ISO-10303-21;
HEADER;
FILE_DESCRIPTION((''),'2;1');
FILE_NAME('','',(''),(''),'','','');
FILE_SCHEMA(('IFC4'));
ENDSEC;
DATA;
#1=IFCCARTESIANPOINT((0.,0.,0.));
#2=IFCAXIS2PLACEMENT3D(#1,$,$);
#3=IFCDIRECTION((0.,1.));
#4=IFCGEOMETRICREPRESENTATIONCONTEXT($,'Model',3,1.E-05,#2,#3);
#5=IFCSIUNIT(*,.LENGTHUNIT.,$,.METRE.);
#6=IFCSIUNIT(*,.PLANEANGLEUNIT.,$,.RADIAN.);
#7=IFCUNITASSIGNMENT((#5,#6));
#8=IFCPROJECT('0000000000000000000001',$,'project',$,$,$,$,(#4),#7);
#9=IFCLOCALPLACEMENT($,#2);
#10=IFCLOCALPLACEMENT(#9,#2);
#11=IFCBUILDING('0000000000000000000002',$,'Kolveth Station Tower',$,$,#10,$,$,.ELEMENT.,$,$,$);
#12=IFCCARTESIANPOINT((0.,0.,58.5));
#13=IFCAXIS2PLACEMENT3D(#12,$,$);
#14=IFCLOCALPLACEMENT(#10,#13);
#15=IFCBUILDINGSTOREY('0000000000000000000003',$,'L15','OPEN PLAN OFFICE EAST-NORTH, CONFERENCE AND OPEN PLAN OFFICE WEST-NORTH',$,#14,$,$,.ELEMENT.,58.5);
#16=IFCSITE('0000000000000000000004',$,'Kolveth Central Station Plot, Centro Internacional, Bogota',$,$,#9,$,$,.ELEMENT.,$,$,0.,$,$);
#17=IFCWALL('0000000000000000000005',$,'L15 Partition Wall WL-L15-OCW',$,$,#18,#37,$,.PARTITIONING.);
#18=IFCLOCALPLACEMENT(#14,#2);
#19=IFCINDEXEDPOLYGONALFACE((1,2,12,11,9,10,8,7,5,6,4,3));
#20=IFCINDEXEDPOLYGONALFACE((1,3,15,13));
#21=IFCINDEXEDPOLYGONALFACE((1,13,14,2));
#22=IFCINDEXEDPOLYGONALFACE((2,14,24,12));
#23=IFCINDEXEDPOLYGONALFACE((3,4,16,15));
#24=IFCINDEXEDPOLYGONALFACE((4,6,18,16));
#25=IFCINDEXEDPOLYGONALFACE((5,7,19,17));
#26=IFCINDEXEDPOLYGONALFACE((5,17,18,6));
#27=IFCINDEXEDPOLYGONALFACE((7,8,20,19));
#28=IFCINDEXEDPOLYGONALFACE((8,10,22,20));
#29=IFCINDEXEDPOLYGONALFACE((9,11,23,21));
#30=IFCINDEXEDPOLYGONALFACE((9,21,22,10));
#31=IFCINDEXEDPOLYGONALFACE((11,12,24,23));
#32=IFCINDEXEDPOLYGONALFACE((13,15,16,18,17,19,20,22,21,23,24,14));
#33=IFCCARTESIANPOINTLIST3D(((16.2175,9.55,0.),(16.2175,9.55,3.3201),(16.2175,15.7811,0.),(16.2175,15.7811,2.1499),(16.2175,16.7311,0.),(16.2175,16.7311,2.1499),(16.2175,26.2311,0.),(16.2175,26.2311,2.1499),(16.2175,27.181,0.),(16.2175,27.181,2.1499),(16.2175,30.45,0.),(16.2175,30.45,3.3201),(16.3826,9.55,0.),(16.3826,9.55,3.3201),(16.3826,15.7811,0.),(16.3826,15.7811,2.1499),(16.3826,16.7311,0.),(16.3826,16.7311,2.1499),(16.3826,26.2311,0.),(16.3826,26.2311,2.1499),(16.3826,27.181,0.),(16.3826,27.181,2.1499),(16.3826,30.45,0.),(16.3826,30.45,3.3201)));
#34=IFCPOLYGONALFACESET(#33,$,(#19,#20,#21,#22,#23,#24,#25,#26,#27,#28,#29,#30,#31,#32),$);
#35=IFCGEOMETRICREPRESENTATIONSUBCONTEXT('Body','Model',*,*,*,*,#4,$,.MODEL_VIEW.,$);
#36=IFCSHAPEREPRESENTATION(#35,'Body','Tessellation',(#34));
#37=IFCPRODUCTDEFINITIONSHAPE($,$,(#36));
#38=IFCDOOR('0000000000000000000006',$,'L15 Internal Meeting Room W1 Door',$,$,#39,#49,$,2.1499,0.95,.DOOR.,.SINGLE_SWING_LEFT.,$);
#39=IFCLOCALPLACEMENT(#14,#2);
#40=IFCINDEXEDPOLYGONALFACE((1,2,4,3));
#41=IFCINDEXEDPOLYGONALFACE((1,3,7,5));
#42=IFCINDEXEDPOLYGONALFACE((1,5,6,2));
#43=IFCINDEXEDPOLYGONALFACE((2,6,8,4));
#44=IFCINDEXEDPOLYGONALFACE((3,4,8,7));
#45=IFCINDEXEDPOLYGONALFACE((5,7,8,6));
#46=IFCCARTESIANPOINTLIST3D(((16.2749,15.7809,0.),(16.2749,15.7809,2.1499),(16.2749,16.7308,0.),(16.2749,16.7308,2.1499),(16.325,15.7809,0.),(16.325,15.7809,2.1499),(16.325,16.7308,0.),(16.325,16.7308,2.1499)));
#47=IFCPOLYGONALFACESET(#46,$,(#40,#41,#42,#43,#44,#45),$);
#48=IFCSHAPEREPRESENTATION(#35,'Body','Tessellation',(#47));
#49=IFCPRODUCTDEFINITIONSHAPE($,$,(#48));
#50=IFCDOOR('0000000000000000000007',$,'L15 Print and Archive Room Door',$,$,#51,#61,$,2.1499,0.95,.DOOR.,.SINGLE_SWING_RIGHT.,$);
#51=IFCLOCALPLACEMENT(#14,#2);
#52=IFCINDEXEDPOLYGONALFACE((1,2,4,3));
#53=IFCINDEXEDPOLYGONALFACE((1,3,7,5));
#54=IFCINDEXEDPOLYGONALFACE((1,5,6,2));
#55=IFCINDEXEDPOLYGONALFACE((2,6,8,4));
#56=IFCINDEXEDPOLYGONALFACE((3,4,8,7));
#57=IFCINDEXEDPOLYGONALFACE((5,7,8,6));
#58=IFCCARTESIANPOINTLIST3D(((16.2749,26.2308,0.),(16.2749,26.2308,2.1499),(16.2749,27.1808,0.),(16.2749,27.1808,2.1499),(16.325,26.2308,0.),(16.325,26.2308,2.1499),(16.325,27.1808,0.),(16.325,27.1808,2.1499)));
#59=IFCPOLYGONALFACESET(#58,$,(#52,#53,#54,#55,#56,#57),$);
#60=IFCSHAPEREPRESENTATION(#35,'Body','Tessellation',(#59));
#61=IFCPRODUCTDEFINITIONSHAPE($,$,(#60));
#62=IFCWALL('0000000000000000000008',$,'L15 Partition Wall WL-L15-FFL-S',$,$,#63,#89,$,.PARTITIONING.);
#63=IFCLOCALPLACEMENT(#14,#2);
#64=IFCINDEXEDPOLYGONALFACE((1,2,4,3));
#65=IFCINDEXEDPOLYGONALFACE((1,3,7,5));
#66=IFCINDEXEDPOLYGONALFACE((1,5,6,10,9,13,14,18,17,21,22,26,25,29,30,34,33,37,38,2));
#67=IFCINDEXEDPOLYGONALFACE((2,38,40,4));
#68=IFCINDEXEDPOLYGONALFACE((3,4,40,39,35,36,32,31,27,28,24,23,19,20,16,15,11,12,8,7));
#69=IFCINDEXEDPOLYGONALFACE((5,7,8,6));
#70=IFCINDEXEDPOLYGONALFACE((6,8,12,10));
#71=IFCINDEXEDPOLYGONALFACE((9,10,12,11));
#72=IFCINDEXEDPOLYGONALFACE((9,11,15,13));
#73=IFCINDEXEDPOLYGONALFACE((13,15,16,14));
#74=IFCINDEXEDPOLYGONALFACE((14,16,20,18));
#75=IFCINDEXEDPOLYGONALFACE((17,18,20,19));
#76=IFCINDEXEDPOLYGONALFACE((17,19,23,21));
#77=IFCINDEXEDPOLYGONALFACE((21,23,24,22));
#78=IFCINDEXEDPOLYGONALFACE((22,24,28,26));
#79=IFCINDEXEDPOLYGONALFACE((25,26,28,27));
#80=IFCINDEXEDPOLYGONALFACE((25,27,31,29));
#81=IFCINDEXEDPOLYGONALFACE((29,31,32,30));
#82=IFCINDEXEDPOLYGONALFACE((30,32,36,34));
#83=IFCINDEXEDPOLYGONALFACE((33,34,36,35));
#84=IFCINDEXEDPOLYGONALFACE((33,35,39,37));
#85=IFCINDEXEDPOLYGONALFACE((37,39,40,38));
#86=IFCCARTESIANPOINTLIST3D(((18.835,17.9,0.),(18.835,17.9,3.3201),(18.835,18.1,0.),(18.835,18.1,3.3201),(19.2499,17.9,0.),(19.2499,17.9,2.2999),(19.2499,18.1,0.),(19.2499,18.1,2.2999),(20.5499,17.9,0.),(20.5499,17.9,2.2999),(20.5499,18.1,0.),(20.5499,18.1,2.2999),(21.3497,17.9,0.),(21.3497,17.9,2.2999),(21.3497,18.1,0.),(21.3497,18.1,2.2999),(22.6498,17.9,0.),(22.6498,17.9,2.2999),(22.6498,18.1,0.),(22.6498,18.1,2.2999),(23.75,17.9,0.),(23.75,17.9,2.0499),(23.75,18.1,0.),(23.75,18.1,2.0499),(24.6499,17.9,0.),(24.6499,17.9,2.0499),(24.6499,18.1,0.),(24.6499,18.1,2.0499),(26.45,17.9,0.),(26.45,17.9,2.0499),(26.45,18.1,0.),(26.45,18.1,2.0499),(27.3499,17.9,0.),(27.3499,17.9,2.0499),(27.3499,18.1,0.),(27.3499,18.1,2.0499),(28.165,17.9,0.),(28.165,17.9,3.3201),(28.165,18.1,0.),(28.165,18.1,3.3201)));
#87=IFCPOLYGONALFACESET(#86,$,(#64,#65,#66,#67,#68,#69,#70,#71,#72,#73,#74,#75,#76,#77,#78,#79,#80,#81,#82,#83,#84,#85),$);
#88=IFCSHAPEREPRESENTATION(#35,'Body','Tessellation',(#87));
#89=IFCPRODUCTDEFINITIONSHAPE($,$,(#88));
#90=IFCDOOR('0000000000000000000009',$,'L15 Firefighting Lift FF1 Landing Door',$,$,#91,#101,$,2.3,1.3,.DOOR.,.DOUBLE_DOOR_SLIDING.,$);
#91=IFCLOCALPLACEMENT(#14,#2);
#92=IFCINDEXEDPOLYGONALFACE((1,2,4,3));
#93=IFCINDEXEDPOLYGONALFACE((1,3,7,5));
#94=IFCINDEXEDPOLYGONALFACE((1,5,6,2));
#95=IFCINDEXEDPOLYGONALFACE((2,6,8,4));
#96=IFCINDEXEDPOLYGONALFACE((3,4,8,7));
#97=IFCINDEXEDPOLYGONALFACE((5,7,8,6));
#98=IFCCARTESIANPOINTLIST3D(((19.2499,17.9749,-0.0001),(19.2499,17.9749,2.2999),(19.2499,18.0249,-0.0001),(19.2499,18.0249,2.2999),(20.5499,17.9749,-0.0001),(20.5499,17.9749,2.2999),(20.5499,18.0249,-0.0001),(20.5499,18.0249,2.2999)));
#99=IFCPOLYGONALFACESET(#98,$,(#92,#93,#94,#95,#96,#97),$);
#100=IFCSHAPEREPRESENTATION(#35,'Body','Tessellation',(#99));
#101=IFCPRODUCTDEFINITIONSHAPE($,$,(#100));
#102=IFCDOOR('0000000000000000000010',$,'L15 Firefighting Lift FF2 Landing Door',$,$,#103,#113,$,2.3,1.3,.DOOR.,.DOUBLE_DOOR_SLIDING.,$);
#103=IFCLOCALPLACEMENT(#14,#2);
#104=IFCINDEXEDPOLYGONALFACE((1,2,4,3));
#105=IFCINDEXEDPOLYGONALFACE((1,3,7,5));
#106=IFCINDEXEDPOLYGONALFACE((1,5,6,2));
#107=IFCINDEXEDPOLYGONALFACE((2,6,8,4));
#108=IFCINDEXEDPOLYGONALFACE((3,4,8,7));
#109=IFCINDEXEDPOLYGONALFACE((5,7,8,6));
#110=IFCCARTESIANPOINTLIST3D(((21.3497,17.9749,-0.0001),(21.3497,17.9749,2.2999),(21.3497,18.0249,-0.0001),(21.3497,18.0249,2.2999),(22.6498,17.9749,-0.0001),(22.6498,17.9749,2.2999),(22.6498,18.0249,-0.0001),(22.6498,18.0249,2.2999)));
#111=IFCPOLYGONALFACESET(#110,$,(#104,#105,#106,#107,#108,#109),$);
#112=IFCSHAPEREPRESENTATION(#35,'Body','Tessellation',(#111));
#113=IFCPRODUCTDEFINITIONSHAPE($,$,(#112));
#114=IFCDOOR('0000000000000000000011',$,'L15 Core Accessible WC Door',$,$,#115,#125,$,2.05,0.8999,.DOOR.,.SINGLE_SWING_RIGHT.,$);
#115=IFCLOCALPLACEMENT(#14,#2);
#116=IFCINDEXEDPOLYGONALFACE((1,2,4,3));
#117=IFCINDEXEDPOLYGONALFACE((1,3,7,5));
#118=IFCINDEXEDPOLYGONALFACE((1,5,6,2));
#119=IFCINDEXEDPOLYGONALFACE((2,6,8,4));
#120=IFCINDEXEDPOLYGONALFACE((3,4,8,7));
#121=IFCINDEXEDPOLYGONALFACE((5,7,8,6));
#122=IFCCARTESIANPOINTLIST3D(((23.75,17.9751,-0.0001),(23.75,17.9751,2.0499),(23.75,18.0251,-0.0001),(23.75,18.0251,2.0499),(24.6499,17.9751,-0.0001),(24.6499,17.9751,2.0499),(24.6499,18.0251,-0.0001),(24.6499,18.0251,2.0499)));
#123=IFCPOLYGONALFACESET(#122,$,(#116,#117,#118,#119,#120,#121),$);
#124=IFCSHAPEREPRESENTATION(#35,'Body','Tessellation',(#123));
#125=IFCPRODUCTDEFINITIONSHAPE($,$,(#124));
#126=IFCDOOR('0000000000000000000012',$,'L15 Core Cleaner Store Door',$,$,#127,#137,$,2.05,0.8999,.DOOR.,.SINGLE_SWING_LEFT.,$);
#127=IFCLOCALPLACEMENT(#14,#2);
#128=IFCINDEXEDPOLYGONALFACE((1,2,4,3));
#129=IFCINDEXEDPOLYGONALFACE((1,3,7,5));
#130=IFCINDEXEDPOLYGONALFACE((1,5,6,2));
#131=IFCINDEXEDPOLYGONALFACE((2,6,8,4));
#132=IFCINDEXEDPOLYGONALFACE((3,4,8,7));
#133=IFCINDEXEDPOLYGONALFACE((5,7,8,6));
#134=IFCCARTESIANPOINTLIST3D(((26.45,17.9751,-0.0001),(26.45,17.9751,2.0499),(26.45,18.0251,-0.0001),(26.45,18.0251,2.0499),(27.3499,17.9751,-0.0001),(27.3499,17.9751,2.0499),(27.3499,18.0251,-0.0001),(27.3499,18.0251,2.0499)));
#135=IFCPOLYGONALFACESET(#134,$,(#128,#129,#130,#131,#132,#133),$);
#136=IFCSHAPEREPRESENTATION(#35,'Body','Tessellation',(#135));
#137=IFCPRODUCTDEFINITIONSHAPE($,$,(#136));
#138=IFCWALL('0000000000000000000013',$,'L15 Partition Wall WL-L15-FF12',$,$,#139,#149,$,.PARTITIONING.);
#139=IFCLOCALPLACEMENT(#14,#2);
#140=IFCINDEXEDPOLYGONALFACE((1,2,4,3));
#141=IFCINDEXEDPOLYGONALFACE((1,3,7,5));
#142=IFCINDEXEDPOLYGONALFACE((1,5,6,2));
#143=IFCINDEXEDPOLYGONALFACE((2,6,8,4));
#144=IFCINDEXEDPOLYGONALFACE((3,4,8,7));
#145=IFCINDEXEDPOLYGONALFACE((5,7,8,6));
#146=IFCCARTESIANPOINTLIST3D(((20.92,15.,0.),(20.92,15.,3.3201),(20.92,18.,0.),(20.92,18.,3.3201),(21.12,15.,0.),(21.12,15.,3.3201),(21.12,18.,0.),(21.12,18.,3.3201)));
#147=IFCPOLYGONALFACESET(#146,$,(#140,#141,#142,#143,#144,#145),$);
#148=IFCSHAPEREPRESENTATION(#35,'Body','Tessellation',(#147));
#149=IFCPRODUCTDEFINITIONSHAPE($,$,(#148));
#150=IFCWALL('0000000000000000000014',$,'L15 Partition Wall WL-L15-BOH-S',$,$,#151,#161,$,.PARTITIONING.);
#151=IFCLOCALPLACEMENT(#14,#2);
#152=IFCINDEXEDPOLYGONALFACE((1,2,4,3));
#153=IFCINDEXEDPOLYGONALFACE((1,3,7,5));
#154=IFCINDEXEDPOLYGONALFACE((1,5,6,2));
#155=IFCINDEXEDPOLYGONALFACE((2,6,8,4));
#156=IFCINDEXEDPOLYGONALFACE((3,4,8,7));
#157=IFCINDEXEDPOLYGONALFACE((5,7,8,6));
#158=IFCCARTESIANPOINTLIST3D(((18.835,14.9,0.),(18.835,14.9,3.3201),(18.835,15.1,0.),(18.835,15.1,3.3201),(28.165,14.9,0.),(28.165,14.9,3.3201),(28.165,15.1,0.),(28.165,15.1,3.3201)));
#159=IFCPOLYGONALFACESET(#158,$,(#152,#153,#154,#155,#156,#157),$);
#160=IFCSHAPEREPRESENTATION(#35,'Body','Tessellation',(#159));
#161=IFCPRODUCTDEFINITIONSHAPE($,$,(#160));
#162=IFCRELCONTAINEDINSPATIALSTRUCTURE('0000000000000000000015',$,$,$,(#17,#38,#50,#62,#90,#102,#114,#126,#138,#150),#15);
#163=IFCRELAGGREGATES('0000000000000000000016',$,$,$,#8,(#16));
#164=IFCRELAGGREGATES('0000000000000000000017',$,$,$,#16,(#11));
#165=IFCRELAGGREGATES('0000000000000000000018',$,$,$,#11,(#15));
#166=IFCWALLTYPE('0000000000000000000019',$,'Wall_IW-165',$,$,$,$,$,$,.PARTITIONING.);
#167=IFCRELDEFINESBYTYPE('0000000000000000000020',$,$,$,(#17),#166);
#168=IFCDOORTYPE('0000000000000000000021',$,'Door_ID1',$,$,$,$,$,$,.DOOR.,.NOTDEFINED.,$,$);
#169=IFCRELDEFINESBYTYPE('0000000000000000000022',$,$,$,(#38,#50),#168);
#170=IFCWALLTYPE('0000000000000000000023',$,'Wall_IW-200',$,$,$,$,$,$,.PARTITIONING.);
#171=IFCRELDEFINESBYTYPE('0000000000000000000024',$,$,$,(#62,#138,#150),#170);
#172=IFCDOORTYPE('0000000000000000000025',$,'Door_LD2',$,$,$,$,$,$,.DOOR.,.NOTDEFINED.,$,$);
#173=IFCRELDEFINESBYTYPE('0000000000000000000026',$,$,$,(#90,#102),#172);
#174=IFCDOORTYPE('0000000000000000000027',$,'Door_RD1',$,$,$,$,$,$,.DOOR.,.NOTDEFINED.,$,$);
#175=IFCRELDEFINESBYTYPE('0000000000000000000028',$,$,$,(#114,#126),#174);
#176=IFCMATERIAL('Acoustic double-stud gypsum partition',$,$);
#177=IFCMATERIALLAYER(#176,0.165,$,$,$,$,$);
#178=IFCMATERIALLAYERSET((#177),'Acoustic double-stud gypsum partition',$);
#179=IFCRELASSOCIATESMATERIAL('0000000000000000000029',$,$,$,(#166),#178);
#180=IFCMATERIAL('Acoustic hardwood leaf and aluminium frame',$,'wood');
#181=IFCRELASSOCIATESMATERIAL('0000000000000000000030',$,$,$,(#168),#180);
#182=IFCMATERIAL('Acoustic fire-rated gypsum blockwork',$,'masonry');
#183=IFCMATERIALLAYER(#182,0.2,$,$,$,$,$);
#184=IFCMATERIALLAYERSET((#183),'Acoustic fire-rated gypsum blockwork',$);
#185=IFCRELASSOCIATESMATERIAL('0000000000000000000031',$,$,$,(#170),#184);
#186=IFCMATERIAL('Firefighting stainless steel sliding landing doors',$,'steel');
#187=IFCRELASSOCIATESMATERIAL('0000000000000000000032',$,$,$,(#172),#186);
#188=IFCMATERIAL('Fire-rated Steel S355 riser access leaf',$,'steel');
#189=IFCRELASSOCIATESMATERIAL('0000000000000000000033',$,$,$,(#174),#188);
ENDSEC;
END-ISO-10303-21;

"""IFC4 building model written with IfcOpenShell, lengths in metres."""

from ifc_helpers import new_model, si_unit, direction, frame, frame_2d, origin, place, context, subcontext, project, spatial, rectangle, extrude, material, layer, layer_set, type_object, element, fill, save


model = new_model("IFC4")

# Units and contexts
model_context = context("Model", 3, precision=1e-05, world=origin(), true_north=direction((0.0, 1.0)))
body_context = subcontext(model_context, "Body", "Model", "MODEL_VIEW")
ifc_project = project(units=[si_unit("LENGTHUNIT", "METRE"), si_unit("PLANEANGLEUNIT", "RADIAN")], contexts=[model_context])

# Site, building, storey
site_placement = place(None, origin())
site = spatial("IfcSite", under=ifc_project, at=site_placement, Name="Kolveth Central Station Plot, Centro Internacional, Bogota", CompositionType="ELEMENT", RefElevation=0.0)
building_placement = place(site_placement, origin())
building = spatial("IfcBuilding", under=site, at=building_placement, Name="Kolveth Station Tower", CompositionType="ELEMENT")
storey_placement = place(building_placement, frame((0.0, 0.0, 58.5)))
storey = spatial("IfcBuildingStorey", under=building, at=storey_placement, Name="L15", Description="OPEN PLAN OFFICE EAST-NORTH, CONFERENCE AND OPEN PLAN OFFICE WEST-NORTH", CompositionType="ELEMENT", Elevation=58.5)

# Walls, openings, doors
ifc_material_1 = material(Name="Acoustic double-stud gypsum partition")
ifc_layer_1 = layer(ifc_material_1, 0.165)
ifc_layer_set_1 = layer_set([ifc_layer_1], Name="Acoustic double-stud gypsum partition")
wall_type_1 = type_object("IfcWallType", Name="Wall_IW-165", PredefinedType="PARTITIONING", material=ifc_layer_set_1)
wall_1_placement = place(storey_placement, frame((16.3, 9.55, 0.0), z_axis=(0.0, 0.0, 1.0), x_axis=(0.0, 1.0, 0.0)))
wall_1 = element("IfcWall", 1, at=wall_1_placement, inside=storey, type_object=wall_type_1, Name="L15 Partition Wall WL-L15-OCW", PredefinedType="PARTITIONING", context=body_context, shape_type="SweptSolid", body=[
    extrude(rectangle(XDim=20.8999, YDim=0.165, at=frame_2d((10.45, 0.0))), origin(), (0.0, 0.0, 1.0), 3.3201),
])
opening_1_placement = place(wall_1_placement, frame((6.231, 0.0, 0.0)))
opening_1 = element("IfcOpeningElement", 2, at=opening_1_placement, cuts=wall_1, PredefinedType="OPENING", context=body_context, shape_type="SweptSolid", body=[
    extrude(rectangle(XDim=0.95, YDim=2.1499, at=frame_2d((0.4751, 1.075))), frame((0.0, 0.0925, 0.0), z_axis=(0.0, -1.0, 0.0), x_axis=(1.0, 0.0, 0.0)), (0.0, 0.0, 1.0), 0.1851),
])
opening_2_placement = place(wall_1_placement, frame((16.6809, 0.0, 0.0)))
opening_2 = element("IfcOpeningElement", 3, at=opening_2_placement, cuts=wall_1, PredefinedType="OPENING", context=body_context, shape_type="SweptSolid", body=[
    extrude(rectangle(XDim=0.95, YDim=2.1499, at=frame_2d((0.4751, 1.075))), frame((0.0, 0.0925, 0.0), z_axis=(0.0, -1.0, 0.0), x_axis=(1.0, 0.0, 0.0)), (0.0, 0.0, 1.0), 0.1851),
])
ifc_material_2 = material(Name="Acoustic hardwood leaf and aluminium frame", Category="wood")
door_type_1 = type_object("IfcDoorType", Name="Door_ID1", OperationType="NOTDEFINED", PredefinedType="DOOR", material=ifc_material_2)
door_1_placement = place(opening_1_placement, frame((0.95, 0.0, 0.0), z_axis=(0.0, 0.0, 1.0), x_axis=(-1.0, 0.0, 0.0)))
door_1 = element("IfcDoor", 4, at=door_1_placement, inside=storey, type_object=door_type_1, Name="L15 Internal Meeting Room W1 Door", OperationType="SINGLE_SWING_LEFT", OverallHeight=2.1499, OverallWidth=0.95, PredefinedType="DOOR", context=body_context, shape_type="SweptSolid", body=[
    extrude(rectangle(XDim=0.95, YDim=2.1499, at=frame_2d((0.4751, 1.075))), frame((0.0, 0.0249, 0.0), z_axis=(0.0, -1.0, 0.0), x_axis=(1.0, 0.0, 0.0)), (0.0, 0.0, 1.0), 0.05),
])
fill(opening_1, door_1)
door_2_placement = place(opening_2_placement, frame((0.95, 0.0, 0.0), z_axis=(0.0, 0.0, 1.0), x_axis=(-1.0, 0.0, 0.0)))
door_2 = element("IfcDoor", 5, at=door_2_placement, inside=storey, type_object=door_type_1, Name="L15 Print and Archive Room Door", OperationType="SINGLE_SWING_RIGHT", OverallHeight=2.1499, OverallWidth=0.95, PredefinedType="DOOR", context=body_context, shape_type="SweptSolid", body=[
    extrude(rectangle(XDim=0.95, YDim=2.1499, at=frame_2d((0.4751, 1.075))), frame((0.0, 0.0249, 0.0), z_axis=(0.0, -1.0, 0.0), x_axis=(1.0, 0.0, 0.0)), (0.0, 0.0, 1.0), 0.05),
])
fill(opening_2, door_2)
ifc_material_3 = material(Name="Acoustic fire-rated gypsum blockwork", Category="masonry")
ifc_layer_2 = layer(ifc_material_3, 0.2)
ifc_layer_set_2 = layer_set([ifc_layer_2], Name="Acoustic fire-rated gypsum blockwork")
wall_type_2 = type_object("IfcWallType", Name="Wall_IW-200", PredefinedType="PARTITIONING", material=ifc_layer_set_2)
wall_2_placement = place(storey_placement, frame((18.835, 18.0, 0.0), z_axis=(0.0, 0.0, 1.0), x_axis=(1.0, 0.0, 0.0)))
wall_2 = element("IfcWall", 6, at=wall_2_placement, inside=storey, type_object=wall_type_2, Name="L15 Partition Wall WL-L15-FFL-S", PredefinedType="PARTITIONING", context=body_context, shape_type="SweptSolid", body=[
    extrude(rectangle(XDim=9.3301, YDim=0.2, at=frame_2d((4.665, 0.0))), origin(), (0.0, 0.0, 1.0), 3.3201),
])
opening_3_placement = place(wall_2_placement, frame((0.415, 0.0, 0.0)))
opening_3 = element("IfcOpeningElement", 7, at=opening_3_placement, cuts=wall_2, PredefinedType="OPENING", context=body_context, shape_type="SweptSolid", body=[
    extrude(rectangle(XDim=1.3, YDim=2.3, at=frame_2d((0.6499, 1.1499))), frame((0.0, 0.1099, 0.0), z_axis=(0.0, -1.0, 0.0), x_axis=(1.0, 0.0, 0.0)), (0.0, 0.0, 1.0), 0.22),
])
opening_4_placement = place(wall_2_placement, frame((2.5149, 0.0, 0.0)))
opening_4 = element("IfcOpeningElement", 8, at=opening_4_placement, cuts=wall_2, PredefinedType="OPENING", context=body_context, shape_type="SweptSolid", body=[
    extrude(rectangle(XDim=1.3, YDim=2.3, at=frame_2d((0.6499, 1.1499))), frame((0.0, 0.1099, 0.0), z_axis=(0.0, -1.0, 0.0), x_axis=(1.0, 0.0, 0.0)), (0.0, 0.0, 1.0), 0.22),
])
opening_5_placement = place(wall_2_placement, frame((4.915, 0.0, 0.0)))
opening_5 = element("IfcOpeningElement", 9, at=opening_5_placement, cuts=wall_2, PredefinedType="OPENING", context=body_context, shape_type="SweptSolid", body=[
    extrude(rectangle(XDim=0.8999, YDim=2.05, at=frame_2d((0.45, 1.0249))), frame((0.0, 0.1099, 0.0), z_axis=(0.0, -1.0, 0.0), x_axis=(1.0, 0.0, 0.0)), (0.0, 0.0, 1.0), 0.22),
])
opening_6_placement = place(wall_2_placement, frame((7.615, 0.0, 0.0)))
opening_6 = element("IfcOpeningElement", 10, at=opening_6_placement, cuts=wall_2, PredefinedType="OPENING", context=body_context, shape_type="SweptSolid", body=[
    extrude(rectangle(XDim=0.8999, YDim=2.05, at=frame_2d((0.45, 1.0249))), frame((0.0, 0.1099, 0.0), z_axis=(0.0, -1.0, 0.0), x_axis=(1.0, 0.0, 0.0)), (0.0, 0.0, 1.0), 0.22),
])
ifc_material_4 = material(Name="Firefighting stainless steel sliding landing doors", Category="steel")
door_type_2 = type_object("IfcDoorType", Name="Door_LD2", OperationType="NOTDEFINED", PredefinedType="DOOR", material=ifc_material_4)
door_3_placement = place(opening_3_placement, origin())
door_3 = element("IfcDoor", 11, at=door_3_placement, inside=storey, type_object=door_type_2, Name="L15 Firefighting Lift FF1 Landing Door", OperationType="DOUBLE_DOOR_SLIDING", OverallHeight=2.3, OverallWidth=1.3, PredefinedType="DOOR", context=body_context, shape_type="SweptSolid", body=[
    extrude(rectangle(XDim=1.3, YDim=2.3, at=frame_2d((0.6499, 1.1499))), frame((0.0, 0.0249, 0.0), z_axis=(0.0, -1.0, 0.0), x_axis=(1.0, 0.0, 0.0)), (0.0, 0.0, 1.0), 0.05),
])
fill(opening_3, door_3)
door_4_placement = place(opening_4_placement, origin())
door_4 = element("IfcDoor", 12, at=door_4_placement, inside=storey, type_object=door_type_2, Name="L15 Firefighting Lift FF2 Landing Door", OperationType="DOUBLE_DOOR_SLIDING", OverallHeight=2.3, OverallWidth=1.3, PredefinedType="DOOR", context=body_context, shape_type="SweptSolid", body=[
    extrude(rectangle(XDim=1.3, YDim=2.3, at=frame_2d((0.6499, 1.1499))), frame((0.0, 0.0249, 0.0), z_axis=(0.0, -1.0, 0.0), x_axis=(1.0, 0.0, 0.0)), (0.0, 0.0, 1.0), 0.05),
])
fill(opening_4, door_4)
ifc_material_5 = material(Name="Fire-rated Steel S355 riser access leaf", Category="steel")
door_type_3 = type_object("IfcDoorType", Name="Door_RD1", OperationType="NOTDEFINED", PredefinedType="DOOR", material=ifc_material_5)
door_5_placement = place(opening_5_placement, frame((0.8999, 0.0, 0.0), z_axis=(0.0, 0.0, 1.0), x_axis=(-1.0, 0.0, 0.0)))
door_5 = element("IfcDoor", 13, at=door_5_placement, inside=storey, type_object=door_type_3, Name="L15 Core Accessible WC Door", OperationType="SINGLE_SWING_RIGHT", OverallHeight=2.05, OverallWidth=0.8999, PredefinedType="DOOR", context=body_context, shape_type="SweptSolid", body=[
    extrude(rectangle(XDim=0.8999, YDim=2.05, at=frame_2d((0.45, 1.0249))), frame((0.0, 0.0249, 0.0), z_axis=(0.0, -1.0, 0.0), x_axis=(1.0, 0.0, 0.0)), (0.0, 0.0, 1.0), 0.05),
])
fill(opening_5, door_5)
door_6_placement = place(opening_6_placement, frame((0.8999, 0.0, 0.0), z_axis=(0.0, 0.0, 1.0), x_axis=(-1.0, 0.0, 0.0)))
door_6 = element("IfcDoor", 14, at=door_6_placement, inside=storey, type_object=door_type_3, Name="L15 Core Cleaner Store Door", OperationType="SINGLE_SWING_LEFT", OverallHeight=2.05, OverallWidth=0.8999, PredefinedType="DOOR", context=body_context, shape_type="SweptSolid", body=[
    extrude(rectangle(XDim=0.8999, YDim=2.05, at=frame_2d((0.45, 1.0249))), frame((0.0, 0.0249, 0.0), z_axis=(0.0, -1.0, 0.0), x_axis=(1.0, 0.0, 0.0)), (0.0, 0.0, 1.0), 0.05),
])
fill(opening_6, door_6)

# Walls
wall_3_placement = place(storey_placement, frame((21.02, 15.0, 0.0), z_axis=(0.0, 0.0, 1.0), x_axis=(0.0, 1.0, 0.0)))
element("IfcWall", 15, at=wall_3_placement, inside=storey, type_object=wall_type_2, Name="L15 Partition Wall WL-L15-FF12", PredefinedType="PARTITIONING", context=body_context, shape_type="SweptSolid", body=[
    extrude(rectangle(XDim=3.0, YDim=0.2, at=frame_2d((1.5, 0.0))), origin(), (0.0, 0.0, 1.0), 3.3201),
])
wall_4_placement = place(storey_placement, frame((18.835, 15.0, 0.0), z_axis=(0.0, 0.0, 1.0), x_axis=(1.0, 0.0, 0.0)))
element("IfcWall", 16, at=wall_4_placement, inside=storey, type_object=wall_type_2, Name="L15 Partition Wall WL-L15-BOH-S", PredefinedType="PARTITIONING", context=body_context, shape_type="SweptSolid", body=[
    extrude(rectangle(XDim=9.3301, YDim=0.2, at=frame_2d((4.665, 0.0))), origin(), (0.0, 0.0, 1.0), 3.3201),
])

save(model, "model.ifc")
